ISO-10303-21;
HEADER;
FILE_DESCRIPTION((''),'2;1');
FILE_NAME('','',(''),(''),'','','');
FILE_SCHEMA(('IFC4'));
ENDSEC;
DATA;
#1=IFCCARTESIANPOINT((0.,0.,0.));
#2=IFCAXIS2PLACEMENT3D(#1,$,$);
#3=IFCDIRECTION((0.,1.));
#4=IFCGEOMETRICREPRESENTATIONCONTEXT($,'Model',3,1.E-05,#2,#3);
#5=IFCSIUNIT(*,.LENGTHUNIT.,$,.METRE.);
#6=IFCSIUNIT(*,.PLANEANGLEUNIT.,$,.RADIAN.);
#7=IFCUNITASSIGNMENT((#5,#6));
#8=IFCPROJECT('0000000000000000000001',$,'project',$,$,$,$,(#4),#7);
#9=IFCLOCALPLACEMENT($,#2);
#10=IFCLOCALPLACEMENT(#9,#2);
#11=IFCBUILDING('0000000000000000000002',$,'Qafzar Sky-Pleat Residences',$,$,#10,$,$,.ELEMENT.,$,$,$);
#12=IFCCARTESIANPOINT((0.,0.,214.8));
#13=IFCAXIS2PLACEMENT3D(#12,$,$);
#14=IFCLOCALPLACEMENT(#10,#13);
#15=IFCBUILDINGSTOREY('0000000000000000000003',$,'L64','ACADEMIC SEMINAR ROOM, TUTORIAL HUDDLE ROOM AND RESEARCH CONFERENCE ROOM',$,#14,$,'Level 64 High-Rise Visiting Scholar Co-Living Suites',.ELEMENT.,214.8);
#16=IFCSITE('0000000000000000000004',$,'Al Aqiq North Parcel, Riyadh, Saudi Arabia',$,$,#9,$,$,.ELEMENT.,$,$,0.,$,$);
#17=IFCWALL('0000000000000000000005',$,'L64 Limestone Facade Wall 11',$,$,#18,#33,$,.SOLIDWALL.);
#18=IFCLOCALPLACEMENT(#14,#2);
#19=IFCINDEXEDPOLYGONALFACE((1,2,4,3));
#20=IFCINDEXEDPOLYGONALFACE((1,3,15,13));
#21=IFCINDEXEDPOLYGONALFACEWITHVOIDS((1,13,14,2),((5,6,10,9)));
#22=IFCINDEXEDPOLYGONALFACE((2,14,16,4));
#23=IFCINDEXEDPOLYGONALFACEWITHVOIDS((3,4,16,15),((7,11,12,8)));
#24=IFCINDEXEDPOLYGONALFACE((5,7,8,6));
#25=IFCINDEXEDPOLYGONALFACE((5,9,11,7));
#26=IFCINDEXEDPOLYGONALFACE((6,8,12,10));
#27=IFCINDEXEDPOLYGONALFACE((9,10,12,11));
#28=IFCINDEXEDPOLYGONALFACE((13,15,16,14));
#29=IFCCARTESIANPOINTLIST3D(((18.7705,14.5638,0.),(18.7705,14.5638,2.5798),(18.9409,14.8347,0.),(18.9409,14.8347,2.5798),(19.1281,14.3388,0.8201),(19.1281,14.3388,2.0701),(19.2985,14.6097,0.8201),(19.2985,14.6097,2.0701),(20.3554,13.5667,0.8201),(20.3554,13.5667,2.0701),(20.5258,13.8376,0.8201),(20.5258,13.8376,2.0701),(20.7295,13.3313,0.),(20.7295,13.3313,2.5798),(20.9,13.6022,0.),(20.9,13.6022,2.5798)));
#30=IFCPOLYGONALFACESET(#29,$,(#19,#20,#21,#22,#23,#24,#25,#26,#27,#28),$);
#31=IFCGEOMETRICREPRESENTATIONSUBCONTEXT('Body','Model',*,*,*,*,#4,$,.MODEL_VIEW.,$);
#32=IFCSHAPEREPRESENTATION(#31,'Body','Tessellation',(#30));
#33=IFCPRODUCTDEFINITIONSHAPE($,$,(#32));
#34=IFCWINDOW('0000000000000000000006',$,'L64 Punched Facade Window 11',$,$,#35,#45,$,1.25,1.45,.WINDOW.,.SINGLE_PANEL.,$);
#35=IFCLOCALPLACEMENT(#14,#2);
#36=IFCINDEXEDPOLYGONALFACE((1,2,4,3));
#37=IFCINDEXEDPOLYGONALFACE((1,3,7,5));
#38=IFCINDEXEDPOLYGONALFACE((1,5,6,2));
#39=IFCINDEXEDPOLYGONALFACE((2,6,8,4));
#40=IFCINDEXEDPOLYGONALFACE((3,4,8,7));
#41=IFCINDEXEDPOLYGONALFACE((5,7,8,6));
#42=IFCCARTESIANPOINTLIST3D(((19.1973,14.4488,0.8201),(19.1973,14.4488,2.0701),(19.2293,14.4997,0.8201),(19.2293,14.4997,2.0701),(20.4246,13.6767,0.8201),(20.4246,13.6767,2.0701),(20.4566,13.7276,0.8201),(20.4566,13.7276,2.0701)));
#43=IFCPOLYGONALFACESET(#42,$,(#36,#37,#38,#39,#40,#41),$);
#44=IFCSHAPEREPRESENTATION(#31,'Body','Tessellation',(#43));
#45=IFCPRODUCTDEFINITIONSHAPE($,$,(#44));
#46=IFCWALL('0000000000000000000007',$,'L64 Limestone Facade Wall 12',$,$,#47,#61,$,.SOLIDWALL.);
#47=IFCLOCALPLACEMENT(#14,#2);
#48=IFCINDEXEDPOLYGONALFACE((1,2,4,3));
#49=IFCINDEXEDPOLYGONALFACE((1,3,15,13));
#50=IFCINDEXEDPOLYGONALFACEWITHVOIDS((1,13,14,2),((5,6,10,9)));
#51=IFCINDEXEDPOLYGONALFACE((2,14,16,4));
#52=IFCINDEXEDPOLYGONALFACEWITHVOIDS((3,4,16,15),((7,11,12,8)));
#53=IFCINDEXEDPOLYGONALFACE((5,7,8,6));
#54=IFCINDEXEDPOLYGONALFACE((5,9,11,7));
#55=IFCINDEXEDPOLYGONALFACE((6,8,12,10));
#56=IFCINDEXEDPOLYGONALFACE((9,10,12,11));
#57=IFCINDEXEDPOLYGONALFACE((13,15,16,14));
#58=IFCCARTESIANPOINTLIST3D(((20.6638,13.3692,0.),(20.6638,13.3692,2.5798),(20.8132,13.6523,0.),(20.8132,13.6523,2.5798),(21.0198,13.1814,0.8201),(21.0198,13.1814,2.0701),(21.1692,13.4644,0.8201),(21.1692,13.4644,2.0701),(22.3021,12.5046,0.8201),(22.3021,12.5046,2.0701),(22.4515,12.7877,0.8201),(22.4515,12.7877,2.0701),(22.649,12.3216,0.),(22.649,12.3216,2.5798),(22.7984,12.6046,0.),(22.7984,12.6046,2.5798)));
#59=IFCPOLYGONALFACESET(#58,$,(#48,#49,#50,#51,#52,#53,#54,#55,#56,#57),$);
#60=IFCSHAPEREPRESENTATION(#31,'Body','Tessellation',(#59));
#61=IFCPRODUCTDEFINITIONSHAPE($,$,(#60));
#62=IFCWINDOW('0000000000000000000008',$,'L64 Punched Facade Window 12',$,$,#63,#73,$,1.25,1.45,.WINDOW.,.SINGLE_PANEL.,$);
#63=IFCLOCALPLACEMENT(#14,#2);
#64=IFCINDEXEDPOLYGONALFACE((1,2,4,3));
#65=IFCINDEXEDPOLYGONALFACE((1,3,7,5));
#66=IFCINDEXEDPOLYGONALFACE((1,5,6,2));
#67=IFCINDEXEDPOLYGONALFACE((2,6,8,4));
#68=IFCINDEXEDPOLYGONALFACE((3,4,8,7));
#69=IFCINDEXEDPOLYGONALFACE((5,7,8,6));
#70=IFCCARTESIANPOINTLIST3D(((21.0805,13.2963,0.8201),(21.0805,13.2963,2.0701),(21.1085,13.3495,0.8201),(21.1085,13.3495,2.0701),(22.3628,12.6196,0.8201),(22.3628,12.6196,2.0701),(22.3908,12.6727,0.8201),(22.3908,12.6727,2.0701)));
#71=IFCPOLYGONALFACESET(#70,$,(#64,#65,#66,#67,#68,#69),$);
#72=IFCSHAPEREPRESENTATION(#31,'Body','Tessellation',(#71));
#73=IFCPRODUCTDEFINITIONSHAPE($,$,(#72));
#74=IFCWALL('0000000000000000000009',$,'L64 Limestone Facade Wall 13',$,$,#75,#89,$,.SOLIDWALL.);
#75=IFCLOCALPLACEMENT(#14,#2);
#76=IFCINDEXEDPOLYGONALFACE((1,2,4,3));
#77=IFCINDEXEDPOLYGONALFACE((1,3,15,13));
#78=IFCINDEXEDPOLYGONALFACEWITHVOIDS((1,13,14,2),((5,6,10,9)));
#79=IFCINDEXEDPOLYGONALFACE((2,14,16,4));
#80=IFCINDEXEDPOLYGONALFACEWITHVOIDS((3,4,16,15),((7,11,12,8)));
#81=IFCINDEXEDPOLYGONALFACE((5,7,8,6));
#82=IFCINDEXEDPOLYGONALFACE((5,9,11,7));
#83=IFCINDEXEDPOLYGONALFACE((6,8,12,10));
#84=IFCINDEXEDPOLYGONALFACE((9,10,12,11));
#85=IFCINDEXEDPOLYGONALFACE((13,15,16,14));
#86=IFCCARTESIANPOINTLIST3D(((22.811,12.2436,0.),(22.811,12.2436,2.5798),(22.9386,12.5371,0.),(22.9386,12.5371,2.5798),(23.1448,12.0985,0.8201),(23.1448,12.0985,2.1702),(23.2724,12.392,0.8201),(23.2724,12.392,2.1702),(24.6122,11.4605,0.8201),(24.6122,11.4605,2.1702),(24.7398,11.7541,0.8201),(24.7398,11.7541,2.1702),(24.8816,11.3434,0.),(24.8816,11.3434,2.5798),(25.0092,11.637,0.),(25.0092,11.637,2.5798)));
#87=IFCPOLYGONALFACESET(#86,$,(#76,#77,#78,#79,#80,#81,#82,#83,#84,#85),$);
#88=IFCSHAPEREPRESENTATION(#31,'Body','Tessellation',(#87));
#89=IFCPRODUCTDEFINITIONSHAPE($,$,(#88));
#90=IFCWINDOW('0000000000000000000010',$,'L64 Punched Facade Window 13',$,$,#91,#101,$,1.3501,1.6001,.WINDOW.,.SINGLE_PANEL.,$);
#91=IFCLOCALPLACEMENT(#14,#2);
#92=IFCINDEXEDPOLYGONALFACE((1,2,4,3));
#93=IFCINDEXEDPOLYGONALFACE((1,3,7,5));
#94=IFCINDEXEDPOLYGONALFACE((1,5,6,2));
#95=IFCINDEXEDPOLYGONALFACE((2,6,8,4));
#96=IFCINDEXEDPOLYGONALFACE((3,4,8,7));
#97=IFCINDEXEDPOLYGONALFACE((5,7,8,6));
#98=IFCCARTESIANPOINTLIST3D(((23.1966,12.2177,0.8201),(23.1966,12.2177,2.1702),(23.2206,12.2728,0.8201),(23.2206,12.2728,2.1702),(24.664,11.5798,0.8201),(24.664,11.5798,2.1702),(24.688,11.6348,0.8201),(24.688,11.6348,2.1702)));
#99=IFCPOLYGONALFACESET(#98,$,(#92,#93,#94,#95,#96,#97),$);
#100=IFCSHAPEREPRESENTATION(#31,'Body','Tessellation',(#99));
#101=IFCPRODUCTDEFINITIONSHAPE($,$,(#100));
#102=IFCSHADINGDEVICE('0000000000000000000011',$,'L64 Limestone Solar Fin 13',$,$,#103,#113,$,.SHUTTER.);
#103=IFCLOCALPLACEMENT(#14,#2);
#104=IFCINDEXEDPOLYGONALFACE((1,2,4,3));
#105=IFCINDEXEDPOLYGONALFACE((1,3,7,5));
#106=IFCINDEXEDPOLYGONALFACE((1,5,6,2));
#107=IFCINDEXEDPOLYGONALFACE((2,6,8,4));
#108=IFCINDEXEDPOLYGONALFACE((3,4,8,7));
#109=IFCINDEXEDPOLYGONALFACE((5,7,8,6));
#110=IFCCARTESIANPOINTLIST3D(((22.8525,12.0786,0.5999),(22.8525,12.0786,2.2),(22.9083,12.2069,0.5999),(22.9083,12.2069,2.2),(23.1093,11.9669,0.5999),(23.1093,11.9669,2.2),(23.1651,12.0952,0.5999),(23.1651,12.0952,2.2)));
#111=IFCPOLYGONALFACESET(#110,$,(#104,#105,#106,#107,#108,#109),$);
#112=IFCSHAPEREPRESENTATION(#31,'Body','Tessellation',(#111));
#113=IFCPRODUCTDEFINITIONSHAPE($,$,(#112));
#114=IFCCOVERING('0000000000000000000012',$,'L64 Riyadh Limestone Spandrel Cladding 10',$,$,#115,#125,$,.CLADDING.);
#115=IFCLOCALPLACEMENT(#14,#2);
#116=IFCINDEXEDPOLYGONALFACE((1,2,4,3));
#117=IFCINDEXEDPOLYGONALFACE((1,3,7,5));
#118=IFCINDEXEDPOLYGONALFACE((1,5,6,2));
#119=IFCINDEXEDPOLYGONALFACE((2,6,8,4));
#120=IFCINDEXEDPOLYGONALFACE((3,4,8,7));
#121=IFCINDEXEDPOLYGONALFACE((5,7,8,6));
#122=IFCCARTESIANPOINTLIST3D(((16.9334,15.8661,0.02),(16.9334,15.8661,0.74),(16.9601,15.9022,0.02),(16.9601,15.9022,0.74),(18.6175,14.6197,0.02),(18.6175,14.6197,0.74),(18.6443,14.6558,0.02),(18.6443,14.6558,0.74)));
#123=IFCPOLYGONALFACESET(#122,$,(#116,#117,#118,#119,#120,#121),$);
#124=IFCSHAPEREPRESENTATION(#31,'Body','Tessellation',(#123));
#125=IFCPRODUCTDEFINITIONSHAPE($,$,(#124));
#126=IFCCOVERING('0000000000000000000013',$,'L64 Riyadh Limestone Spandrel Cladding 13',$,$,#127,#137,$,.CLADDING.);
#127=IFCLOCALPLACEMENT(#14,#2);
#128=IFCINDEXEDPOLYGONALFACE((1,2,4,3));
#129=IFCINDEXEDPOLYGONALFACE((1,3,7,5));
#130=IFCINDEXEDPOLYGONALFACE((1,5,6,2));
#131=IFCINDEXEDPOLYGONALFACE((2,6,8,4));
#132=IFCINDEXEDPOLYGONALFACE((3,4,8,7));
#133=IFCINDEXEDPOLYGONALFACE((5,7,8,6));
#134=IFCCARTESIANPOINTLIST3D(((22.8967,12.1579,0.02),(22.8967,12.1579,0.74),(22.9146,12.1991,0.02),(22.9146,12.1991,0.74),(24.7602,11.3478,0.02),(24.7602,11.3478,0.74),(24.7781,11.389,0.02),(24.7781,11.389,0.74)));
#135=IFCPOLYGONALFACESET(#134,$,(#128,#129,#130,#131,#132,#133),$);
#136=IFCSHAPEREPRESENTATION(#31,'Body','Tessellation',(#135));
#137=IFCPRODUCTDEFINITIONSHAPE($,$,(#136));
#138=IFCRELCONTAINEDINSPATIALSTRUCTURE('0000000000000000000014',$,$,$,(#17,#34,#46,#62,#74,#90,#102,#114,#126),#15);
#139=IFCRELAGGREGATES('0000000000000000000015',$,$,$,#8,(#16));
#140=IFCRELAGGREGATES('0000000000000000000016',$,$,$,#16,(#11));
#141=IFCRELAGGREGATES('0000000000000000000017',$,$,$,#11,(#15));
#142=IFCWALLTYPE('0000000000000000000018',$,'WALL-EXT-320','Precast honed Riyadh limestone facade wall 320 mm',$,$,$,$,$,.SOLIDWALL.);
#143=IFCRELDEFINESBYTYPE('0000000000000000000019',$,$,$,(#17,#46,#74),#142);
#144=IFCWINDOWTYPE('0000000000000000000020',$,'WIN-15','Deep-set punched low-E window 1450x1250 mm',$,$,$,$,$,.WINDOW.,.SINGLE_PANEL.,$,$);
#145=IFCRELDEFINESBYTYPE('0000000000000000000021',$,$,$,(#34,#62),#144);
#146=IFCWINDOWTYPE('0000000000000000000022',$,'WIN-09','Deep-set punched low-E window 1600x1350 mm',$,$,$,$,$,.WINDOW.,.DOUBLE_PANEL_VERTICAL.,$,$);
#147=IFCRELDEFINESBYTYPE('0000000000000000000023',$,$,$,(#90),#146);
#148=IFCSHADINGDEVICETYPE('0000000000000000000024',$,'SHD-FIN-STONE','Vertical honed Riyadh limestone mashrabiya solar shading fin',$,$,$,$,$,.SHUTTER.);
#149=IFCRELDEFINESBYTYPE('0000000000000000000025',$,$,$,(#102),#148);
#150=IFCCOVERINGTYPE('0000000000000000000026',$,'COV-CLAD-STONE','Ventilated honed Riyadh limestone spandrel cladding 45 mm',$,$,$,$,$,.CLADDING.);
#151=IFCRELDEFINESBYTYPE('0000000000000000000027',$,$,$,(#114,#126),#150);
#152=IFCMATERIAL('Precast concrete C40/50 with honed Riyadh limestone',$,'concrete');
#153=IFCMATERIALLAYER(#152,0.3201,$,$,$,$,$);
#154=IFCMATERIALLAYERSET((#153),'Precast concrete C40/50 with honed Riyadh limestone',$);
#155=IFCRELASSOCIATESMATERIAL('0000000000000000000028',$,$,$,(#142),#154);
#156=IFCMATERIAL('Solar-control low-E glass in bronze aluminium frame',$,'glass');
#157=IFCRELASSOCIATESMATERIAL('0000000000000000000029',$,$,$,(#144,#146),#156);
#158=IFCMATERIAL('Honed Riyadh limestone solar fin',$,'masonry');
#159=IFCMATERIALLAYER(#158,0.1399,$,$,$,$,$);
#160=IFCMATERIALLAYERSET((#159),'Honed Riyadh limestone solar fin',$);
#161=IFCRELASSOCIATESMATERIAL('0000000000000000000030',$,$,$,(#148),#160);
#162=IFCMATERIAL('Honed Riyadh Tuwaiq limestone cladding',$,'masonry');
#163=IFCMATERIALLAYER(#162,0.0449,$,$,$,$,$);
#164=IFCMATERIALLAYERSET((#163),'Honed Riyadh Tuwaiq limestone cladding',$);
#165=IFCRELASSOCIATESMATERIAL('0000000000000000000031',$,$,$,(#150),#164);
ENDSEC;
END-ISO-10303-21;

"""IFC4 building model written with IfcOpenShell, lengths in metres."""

from ifc_helpers import new_model, si_unit, direction, frame, frame_2d, origin, origin_2d, place, context, subcontext, project, spatial, rectangle, extrude, source, transform, mapped, material, layer, layer_set, type_object, element, fill, save


model = new_model("IFC4")

# Units and contexts
model_context = context("Model", 3, precision=1e-05, world=origin(), true_north=direction((0.0, 1.0)))
body_context = subcontext(model_context, "Body", "Model", "MODEL_VIEW")
ifc_project = project(units=[si_unit("LENGTHUNIT", "METRE"), si_unit("PLANEANGLEUNIT", "RADIAN")], contexts=[model_context])

# Site, building, storey
site_placement = place(None, origin())
site = spatial("IfcSite", under=ifc_project, at=site_placement, Name="Al Aqiq North Parcel, Riyadh, Saudi Arabia", CompositionType="ELEMENT", RefElevation=0.0)
building_placement = place(site_placement, origin())
building = spatial("IfcBuilding", under=site, at=building_placement, Name="Qafzar Sky-Pleat Residences", CompositionType="ELEMENT")
storey_placement = place(building_placement, frame((0.0, 0.0, 214.8)))
storey = spatial("IfcBuildingStorey", under=building, at=storey_placement, Name="L64", Description="ACADEMIC SEMINAR ROOM, TUTORIAL HUDDLE ROOM AND RESEARCH CONFERENCE ROOM", LongName="Level 64 High-Rise Visiting Scholar Co-Living Suites", CompositionType="ELEMENT", Elevation=214.8)

# Walls, openings, windows
ifc_material_1 = material(Name="Precast concrete C40/50 with honed Riyadh limestone", Category="concrete")
ifc_layer_1 = layer(ifc_material_1, 0.3201)
ifc_layer_set_1 = layer_set([ifc_layer_1], Name="Precast concrete C40/50 with honed Riyadh limestone")
wall_type_1 = type_object("IfcWallType", Name="WALL-EXT-320", Description="Precast honed Riyadh limestone facade wall 320 mm", PredefinedType="SOLIDWALL", material=ifc_layer_set_1)
wall_1_placement = place(storey_placement, frame((18.8557, 14.6992, 0.0), z_axis=(0.0, 0.0, 1.0), x_axis=(0.84643, -0.5325, 0.0)))
wall_1 = element("IfcWall", 1, at=wall_1_placement, inside=storey, type_object=wall_type_1, Name="L64 Limestone Facade Wall 11", PredefinedType="SOLIDWALL", context=body_context, shape_type="SweptSolid", body=[
    extrude(rectangle(XDim=2.3145, YDim=0.3201, at=frame_2d((1.1572, 0.0))), origin(), (0.0, 0.0, 1.0), 2.5798),
])
opening_1_placement = place(wall_1_placement, frame((0.4224, 0.0, 0.8201)))
opening_1 = element("IfcOpeningElement", 2, at=opening_1_placement, cuts=wall_1, PredefinedType="OPENING", context=body_context, shape_type="SweptSolid", body=[
    extrude(rectangle(XDim=1.45, YDim=1.25, at=frame_2d((0.7251, 0.625))), frame((0.0, 0.1699, 0.0), z_axis=(0.0, -1.0, 0.0), x_axis=(1.0, 0.0, 0.0)), (0.0, 0.0, 1.0), 0.3401),
])
ifc_material_2 = material(Name="Solar-control low-E glass in bronze aluminium frame", Category="glass")
window_type_1 = type_object("IfcWindowType", Name="WIN-15", Description="Deep-set punched low-E window 1450x1250 mm", PartitioningType="SINGLE_PANEL", PredefinedType="WINDOW", material=ifc_material_2)
shared_shape_1 = source(origin(), body_context, "Body", "SweptSolid", [
    extrude(rectangle(XDim=1.45, YDim=1.25, at=frame_2d((0.7251, 0.625))), frame((0.0, 0.03, 0.0), z_axis=(0.0, -1.0, 0.0), x_axis=(1.0, 0.0, 0.0)), (0.0, 0.0, 1.0), 0.0601),
])
window_1_placement = place(opening_1_placement, origin())
window_1 = element("IfcWindow", 3, at=window_1_placement, inside=storey, type_object=window_type_1, Name="L64 Punched Facade Window 11", OverallHeight=1.25, OverallWidth=1.45, PartitioningType="SINGLE_PANEL", PredefinedType="WINDOW", context=body_context, shape_type="MappedRepresentation", body=[
    mapped(shared_shape_1, transform((0.0, 0.0, 0.0), x_axis=(1.0, 0.0, 0.0), y_axis=(0.0, 1.0, 0.0), z_axis=(0.0, 0.0, 1.0), scale=1.0)),
])
fill(opening_1, window_1)
wall_2_placement = place(storey_placement, frame((20.7385, 13.5107, 0.0), z_axis=(0.0, 0.0, 1.0), x_axis=(0.884401, -0.466728, 0.0)))
wall_2 = element("IfcWall", 4, at=wall_2_placement, inside=storey, type_object=wall_type_1, Name="L64 Limestone Facade Wall 12", PredefinedType="SOLIDWALL", context=body_context, shape_type="SweptSolid", body=[
    extrude(rectangle(XDim=2.2446, YDim=0.3201, at=frame_2d((1.1223, 0.0))), origin(), (0.0, 0.0, 1.0), 2.5798),
])
opening_2_placement = place(wall_2_placement, frame((0.4023, 0.0, 0.8201)))
opening_2 = element("IfcOpeningElement", 5, at=opening_2_placement, cuts=wall_2, PredefinedType="OPENING", context=body_context, shape_type="SweptSolid", body=[
    extrude(rectangle(XDim=1.45, YDim=1.25, at=frame_2d((0.7251, 0.625))), frame((0.0, 0.1699, 0.0), z_axis=(0.0, -1.0, 0.0), x_axis=(1.0, 0.0, 0.0)), (0.0, 0.0, 1.0), 0.3401),
])
window_2_placement = place(opening_2_placement, origin())
window_2 = element("IfcWindow", 6, at=window_2_placement, inside=storey, type_object=window_type_1, Name="L64 Punched Facade Window 12", OverallHeight=1.25, OverallWidth=1.45, PartitioningType="SINGLE_PANEL", PredefinedType="WINDOW", context=body_context, shape_type="MappedRepresentation", body=[
    mapped(shared_shape_1, transform((0.0, 0.0, 0.0), x_axis=(1.0, 0.0, 0.0), y_axis=(0.0, 1.0, 0.0), z_axis=(0.0, 0.0, 1.0), scale=1.0)),
])
fill(opening_2, window_2)
wall_3_placement = place(storey_placement, frame((22.8748, 12.3904, 0.0), z_axis=(0.0, 0.0, 1.0), x_axis=(0.917086, -0.398691, 0.0)))
wall_3 = element("IfcWall", 7, at=wall_3_placement, inside=storey, type_object=wall_type_1, Name="L64 Limestone Facade Wall 13", PredefinedType="SOLIDWALL", context=body_context, shape_type="SweptSolid", body=[
    extrude(rectangle(XDim=2.2578, YDim=0.3201, at=frame_2d((1.1289, 0.0))), origin(), (0.0, 0.0, 1.0), 2.5798),
])
opening_3_placement = place(wall_3_placement, frame((0.364, 0.0, 0.8201)))
opening_3 = element("IfcOpeningElement", 8, at=opening_3_placement, cuts=wall_3, PredefinedType="OPENING", context=body_context, shape_type="SweptSolid", body=[
    extrude(rectangle(XDim=1.6001, YDim=1.3501, at=frame_2d((0.8, 0.675))), frame((0.0, 0.1699, 0.0), z_axis=(0.0, -1.0, 0.0), x_axis=(1.0, 0.0, 0.0)), (0.0, 0.0, 1.0), 0.3401),
])
window_type_2 = type_object("IfcWindowType", Name="WIN-09", Description="Deep-set punched low-E window 1600x1350 mm", PartitioningType="DOUBLE_PANEL_VERTICAL", PredefinedType="WINDOW", material=ifc_material_2)
shared_shape_2 = source(origin(), body_context, "Body", "SweptSolid", [
    extrude(rectangle(XDim=1.6001, YDim=1.3501, at=frame_2d((0.8, 0.675))), frame((0.0, 0.03, 0.0), z_axis=(0.0, -1.0, 0.0), x_axis=(1.0, 0.0, 0.0)), (0.0, 0.0, 1.0), 0.0601),
])
window_3_placement = place(opening_3_placement, origin())
window_3 = element("IfcWindow", 9, at=window_3_placement, inside=storey, type_object=window_type_2, Name="L64 Punched Facade Window 13", OverallHeight=1.3501, OverallWidth=1.6001, PartitioningType="SINGLE_PANEL", PredefinedType="WINDOW", context=body_context, shape_type="MappedRepresentation", body=[
    mapped(shared_shape_2, transform((0.0, 0.0, 0.0), x_axis=(1.0, 0.0, 0.0), y_axis=(0.0, 1.0, 0.0), z_axis=(0.0, 0.0, 1.0), scale=1.0)),
])
fill(opening_3, window_3)

# Shading device
ifc_material_3 = material(Name="Honed Riyadh limestone solar fin", Category="masonry")
ifc_layer_2 = layer(ifc_material_3, 0.1399)
ifc_layer_set_2 = layer_set([ifc_layer_2], Name="Honed Riyadh limestone solar fin")
shading_device_type = type_object("IfcShadingDeviceType", Name="SHD-FIN-STONE", Description="Vertical honed Riyadh limestone mashrabiya solar shading fin", PredefinedType="SHUTTER", material=ifc_layer_set_2)
shared_shape_3 = source(origin(), body_context, "Body", "SweptSolid", [
    extrude(rectangle(XDim=0.1399, YDim=0.28, at=origin_2d()), origin(), (0.0, 0.0, 1.0), 1.6001),
])
shading_device_placement = place(storey_placement, frame((23.0088, 12.0869, 0.5999), z_axis=(0.0, 0.0, 1.0), x_axis=(-0.398726, -0.91707, 0.0)))
element("IfcShadingDevice", 10, at=shading_device_placement, inside=storey, type_object=shading_device_type, Name="L64 Limestone Solar Fin 13", PredefinedType="SHUTTER", context=body_context, shape_type="MappedRepresentation", body=[
    mapped(shared_shape_3, transform((0.0, 0.0, 0.0), x_axis=(1.0, 0.0, 0.0), y_axis=(0.0, 1.0, 0.0), z_axis=(0.0, 0.0, 1.0), scale=1.0)),
])

# Coverings
ifc_material_4 = material(Name="Honed Riyadh Tuwaiq limestone cladding", Category="masonry")
ifc_layer_3 = layer(ifc_material_4, 0.0449)
ifc_layer_set_3 = layer_set([ifc_layer_3], Name="Honed Riyadh Tuwaiq limestone cladding")
covering_type = type_object("IfcCoveringType", Name="COV-CLAD-STONE", Description="Ventilated honed Riyadh limestone spandrel cladding 45 mm", PredefinedType="CLADDING", material=ifc_layer_set_3)
shared_shape_4 = source(origin(), body_context, "Body", "SweptSolid", [
    extrude(rectangle(XDim=2.0952, YDim=0.0449, at=origin_2d()), origin(), (0.0, 0.0, 1.0), 0.72),
])
covering_1_placement = place(storey_placement, frame((17.7888, 15.261, 0.02), z_axis=(0.0, 0.0, 1.0), x_axis=(0.803819, -0.594874, 0.0)))
element("IfcCovering", 11, at=covering_1_placement, inside=storey, type_object=covering_type, Name="L64 Riyadh Limestone Spandrel Cladding 10", PredefinedType="CLADDING", context=body_context, shape_type="MappedRepresentation", body=[
    mapped(shared_shape_4, transform((0.0, 0.0, 0.0), x_axis=(1.0, 0.0, 0.0), y_axis=(0.0, 1.0, 0.0), z_axis=(0.0, 0.0, 1.0), scale=1.0)),
])
shared_shape_5 = source(origin(), body_context, "Body", "SweptSolid", [
    extrude(rectangle(XDim=2.032, YDim=0.0449, at=origin_2d()), origin(), (0.0, 0.0, 1.0), 0.72),
])
covering_2_placement = place(storey_placement, frame((23.8374, 11.7734, 0.02), z_axis=(0.0, 0.0, 1.0), x_axis=(0.91708, -0.398703, 0.0)))
element("IfcCovering", 12, at=covering_2_placement, inside=storey, type_object=covering_type, Name="L64 Riyadh Limestone Spandrel Cladding 13", PredefinedType="CLADDING", context=body_context, shape_type="MappedRepresentation", body=[
    mapped(shared_shape_5, transform((0.0, 0.0, 0.0), x_axis=(1.0, 0.0, 0.0), y_axis=(0.0, 1.0, 0.0), z_axis=(0.0, 0.0, 1.0), scale=1.0)),
])

save(model, "model.ifc")
